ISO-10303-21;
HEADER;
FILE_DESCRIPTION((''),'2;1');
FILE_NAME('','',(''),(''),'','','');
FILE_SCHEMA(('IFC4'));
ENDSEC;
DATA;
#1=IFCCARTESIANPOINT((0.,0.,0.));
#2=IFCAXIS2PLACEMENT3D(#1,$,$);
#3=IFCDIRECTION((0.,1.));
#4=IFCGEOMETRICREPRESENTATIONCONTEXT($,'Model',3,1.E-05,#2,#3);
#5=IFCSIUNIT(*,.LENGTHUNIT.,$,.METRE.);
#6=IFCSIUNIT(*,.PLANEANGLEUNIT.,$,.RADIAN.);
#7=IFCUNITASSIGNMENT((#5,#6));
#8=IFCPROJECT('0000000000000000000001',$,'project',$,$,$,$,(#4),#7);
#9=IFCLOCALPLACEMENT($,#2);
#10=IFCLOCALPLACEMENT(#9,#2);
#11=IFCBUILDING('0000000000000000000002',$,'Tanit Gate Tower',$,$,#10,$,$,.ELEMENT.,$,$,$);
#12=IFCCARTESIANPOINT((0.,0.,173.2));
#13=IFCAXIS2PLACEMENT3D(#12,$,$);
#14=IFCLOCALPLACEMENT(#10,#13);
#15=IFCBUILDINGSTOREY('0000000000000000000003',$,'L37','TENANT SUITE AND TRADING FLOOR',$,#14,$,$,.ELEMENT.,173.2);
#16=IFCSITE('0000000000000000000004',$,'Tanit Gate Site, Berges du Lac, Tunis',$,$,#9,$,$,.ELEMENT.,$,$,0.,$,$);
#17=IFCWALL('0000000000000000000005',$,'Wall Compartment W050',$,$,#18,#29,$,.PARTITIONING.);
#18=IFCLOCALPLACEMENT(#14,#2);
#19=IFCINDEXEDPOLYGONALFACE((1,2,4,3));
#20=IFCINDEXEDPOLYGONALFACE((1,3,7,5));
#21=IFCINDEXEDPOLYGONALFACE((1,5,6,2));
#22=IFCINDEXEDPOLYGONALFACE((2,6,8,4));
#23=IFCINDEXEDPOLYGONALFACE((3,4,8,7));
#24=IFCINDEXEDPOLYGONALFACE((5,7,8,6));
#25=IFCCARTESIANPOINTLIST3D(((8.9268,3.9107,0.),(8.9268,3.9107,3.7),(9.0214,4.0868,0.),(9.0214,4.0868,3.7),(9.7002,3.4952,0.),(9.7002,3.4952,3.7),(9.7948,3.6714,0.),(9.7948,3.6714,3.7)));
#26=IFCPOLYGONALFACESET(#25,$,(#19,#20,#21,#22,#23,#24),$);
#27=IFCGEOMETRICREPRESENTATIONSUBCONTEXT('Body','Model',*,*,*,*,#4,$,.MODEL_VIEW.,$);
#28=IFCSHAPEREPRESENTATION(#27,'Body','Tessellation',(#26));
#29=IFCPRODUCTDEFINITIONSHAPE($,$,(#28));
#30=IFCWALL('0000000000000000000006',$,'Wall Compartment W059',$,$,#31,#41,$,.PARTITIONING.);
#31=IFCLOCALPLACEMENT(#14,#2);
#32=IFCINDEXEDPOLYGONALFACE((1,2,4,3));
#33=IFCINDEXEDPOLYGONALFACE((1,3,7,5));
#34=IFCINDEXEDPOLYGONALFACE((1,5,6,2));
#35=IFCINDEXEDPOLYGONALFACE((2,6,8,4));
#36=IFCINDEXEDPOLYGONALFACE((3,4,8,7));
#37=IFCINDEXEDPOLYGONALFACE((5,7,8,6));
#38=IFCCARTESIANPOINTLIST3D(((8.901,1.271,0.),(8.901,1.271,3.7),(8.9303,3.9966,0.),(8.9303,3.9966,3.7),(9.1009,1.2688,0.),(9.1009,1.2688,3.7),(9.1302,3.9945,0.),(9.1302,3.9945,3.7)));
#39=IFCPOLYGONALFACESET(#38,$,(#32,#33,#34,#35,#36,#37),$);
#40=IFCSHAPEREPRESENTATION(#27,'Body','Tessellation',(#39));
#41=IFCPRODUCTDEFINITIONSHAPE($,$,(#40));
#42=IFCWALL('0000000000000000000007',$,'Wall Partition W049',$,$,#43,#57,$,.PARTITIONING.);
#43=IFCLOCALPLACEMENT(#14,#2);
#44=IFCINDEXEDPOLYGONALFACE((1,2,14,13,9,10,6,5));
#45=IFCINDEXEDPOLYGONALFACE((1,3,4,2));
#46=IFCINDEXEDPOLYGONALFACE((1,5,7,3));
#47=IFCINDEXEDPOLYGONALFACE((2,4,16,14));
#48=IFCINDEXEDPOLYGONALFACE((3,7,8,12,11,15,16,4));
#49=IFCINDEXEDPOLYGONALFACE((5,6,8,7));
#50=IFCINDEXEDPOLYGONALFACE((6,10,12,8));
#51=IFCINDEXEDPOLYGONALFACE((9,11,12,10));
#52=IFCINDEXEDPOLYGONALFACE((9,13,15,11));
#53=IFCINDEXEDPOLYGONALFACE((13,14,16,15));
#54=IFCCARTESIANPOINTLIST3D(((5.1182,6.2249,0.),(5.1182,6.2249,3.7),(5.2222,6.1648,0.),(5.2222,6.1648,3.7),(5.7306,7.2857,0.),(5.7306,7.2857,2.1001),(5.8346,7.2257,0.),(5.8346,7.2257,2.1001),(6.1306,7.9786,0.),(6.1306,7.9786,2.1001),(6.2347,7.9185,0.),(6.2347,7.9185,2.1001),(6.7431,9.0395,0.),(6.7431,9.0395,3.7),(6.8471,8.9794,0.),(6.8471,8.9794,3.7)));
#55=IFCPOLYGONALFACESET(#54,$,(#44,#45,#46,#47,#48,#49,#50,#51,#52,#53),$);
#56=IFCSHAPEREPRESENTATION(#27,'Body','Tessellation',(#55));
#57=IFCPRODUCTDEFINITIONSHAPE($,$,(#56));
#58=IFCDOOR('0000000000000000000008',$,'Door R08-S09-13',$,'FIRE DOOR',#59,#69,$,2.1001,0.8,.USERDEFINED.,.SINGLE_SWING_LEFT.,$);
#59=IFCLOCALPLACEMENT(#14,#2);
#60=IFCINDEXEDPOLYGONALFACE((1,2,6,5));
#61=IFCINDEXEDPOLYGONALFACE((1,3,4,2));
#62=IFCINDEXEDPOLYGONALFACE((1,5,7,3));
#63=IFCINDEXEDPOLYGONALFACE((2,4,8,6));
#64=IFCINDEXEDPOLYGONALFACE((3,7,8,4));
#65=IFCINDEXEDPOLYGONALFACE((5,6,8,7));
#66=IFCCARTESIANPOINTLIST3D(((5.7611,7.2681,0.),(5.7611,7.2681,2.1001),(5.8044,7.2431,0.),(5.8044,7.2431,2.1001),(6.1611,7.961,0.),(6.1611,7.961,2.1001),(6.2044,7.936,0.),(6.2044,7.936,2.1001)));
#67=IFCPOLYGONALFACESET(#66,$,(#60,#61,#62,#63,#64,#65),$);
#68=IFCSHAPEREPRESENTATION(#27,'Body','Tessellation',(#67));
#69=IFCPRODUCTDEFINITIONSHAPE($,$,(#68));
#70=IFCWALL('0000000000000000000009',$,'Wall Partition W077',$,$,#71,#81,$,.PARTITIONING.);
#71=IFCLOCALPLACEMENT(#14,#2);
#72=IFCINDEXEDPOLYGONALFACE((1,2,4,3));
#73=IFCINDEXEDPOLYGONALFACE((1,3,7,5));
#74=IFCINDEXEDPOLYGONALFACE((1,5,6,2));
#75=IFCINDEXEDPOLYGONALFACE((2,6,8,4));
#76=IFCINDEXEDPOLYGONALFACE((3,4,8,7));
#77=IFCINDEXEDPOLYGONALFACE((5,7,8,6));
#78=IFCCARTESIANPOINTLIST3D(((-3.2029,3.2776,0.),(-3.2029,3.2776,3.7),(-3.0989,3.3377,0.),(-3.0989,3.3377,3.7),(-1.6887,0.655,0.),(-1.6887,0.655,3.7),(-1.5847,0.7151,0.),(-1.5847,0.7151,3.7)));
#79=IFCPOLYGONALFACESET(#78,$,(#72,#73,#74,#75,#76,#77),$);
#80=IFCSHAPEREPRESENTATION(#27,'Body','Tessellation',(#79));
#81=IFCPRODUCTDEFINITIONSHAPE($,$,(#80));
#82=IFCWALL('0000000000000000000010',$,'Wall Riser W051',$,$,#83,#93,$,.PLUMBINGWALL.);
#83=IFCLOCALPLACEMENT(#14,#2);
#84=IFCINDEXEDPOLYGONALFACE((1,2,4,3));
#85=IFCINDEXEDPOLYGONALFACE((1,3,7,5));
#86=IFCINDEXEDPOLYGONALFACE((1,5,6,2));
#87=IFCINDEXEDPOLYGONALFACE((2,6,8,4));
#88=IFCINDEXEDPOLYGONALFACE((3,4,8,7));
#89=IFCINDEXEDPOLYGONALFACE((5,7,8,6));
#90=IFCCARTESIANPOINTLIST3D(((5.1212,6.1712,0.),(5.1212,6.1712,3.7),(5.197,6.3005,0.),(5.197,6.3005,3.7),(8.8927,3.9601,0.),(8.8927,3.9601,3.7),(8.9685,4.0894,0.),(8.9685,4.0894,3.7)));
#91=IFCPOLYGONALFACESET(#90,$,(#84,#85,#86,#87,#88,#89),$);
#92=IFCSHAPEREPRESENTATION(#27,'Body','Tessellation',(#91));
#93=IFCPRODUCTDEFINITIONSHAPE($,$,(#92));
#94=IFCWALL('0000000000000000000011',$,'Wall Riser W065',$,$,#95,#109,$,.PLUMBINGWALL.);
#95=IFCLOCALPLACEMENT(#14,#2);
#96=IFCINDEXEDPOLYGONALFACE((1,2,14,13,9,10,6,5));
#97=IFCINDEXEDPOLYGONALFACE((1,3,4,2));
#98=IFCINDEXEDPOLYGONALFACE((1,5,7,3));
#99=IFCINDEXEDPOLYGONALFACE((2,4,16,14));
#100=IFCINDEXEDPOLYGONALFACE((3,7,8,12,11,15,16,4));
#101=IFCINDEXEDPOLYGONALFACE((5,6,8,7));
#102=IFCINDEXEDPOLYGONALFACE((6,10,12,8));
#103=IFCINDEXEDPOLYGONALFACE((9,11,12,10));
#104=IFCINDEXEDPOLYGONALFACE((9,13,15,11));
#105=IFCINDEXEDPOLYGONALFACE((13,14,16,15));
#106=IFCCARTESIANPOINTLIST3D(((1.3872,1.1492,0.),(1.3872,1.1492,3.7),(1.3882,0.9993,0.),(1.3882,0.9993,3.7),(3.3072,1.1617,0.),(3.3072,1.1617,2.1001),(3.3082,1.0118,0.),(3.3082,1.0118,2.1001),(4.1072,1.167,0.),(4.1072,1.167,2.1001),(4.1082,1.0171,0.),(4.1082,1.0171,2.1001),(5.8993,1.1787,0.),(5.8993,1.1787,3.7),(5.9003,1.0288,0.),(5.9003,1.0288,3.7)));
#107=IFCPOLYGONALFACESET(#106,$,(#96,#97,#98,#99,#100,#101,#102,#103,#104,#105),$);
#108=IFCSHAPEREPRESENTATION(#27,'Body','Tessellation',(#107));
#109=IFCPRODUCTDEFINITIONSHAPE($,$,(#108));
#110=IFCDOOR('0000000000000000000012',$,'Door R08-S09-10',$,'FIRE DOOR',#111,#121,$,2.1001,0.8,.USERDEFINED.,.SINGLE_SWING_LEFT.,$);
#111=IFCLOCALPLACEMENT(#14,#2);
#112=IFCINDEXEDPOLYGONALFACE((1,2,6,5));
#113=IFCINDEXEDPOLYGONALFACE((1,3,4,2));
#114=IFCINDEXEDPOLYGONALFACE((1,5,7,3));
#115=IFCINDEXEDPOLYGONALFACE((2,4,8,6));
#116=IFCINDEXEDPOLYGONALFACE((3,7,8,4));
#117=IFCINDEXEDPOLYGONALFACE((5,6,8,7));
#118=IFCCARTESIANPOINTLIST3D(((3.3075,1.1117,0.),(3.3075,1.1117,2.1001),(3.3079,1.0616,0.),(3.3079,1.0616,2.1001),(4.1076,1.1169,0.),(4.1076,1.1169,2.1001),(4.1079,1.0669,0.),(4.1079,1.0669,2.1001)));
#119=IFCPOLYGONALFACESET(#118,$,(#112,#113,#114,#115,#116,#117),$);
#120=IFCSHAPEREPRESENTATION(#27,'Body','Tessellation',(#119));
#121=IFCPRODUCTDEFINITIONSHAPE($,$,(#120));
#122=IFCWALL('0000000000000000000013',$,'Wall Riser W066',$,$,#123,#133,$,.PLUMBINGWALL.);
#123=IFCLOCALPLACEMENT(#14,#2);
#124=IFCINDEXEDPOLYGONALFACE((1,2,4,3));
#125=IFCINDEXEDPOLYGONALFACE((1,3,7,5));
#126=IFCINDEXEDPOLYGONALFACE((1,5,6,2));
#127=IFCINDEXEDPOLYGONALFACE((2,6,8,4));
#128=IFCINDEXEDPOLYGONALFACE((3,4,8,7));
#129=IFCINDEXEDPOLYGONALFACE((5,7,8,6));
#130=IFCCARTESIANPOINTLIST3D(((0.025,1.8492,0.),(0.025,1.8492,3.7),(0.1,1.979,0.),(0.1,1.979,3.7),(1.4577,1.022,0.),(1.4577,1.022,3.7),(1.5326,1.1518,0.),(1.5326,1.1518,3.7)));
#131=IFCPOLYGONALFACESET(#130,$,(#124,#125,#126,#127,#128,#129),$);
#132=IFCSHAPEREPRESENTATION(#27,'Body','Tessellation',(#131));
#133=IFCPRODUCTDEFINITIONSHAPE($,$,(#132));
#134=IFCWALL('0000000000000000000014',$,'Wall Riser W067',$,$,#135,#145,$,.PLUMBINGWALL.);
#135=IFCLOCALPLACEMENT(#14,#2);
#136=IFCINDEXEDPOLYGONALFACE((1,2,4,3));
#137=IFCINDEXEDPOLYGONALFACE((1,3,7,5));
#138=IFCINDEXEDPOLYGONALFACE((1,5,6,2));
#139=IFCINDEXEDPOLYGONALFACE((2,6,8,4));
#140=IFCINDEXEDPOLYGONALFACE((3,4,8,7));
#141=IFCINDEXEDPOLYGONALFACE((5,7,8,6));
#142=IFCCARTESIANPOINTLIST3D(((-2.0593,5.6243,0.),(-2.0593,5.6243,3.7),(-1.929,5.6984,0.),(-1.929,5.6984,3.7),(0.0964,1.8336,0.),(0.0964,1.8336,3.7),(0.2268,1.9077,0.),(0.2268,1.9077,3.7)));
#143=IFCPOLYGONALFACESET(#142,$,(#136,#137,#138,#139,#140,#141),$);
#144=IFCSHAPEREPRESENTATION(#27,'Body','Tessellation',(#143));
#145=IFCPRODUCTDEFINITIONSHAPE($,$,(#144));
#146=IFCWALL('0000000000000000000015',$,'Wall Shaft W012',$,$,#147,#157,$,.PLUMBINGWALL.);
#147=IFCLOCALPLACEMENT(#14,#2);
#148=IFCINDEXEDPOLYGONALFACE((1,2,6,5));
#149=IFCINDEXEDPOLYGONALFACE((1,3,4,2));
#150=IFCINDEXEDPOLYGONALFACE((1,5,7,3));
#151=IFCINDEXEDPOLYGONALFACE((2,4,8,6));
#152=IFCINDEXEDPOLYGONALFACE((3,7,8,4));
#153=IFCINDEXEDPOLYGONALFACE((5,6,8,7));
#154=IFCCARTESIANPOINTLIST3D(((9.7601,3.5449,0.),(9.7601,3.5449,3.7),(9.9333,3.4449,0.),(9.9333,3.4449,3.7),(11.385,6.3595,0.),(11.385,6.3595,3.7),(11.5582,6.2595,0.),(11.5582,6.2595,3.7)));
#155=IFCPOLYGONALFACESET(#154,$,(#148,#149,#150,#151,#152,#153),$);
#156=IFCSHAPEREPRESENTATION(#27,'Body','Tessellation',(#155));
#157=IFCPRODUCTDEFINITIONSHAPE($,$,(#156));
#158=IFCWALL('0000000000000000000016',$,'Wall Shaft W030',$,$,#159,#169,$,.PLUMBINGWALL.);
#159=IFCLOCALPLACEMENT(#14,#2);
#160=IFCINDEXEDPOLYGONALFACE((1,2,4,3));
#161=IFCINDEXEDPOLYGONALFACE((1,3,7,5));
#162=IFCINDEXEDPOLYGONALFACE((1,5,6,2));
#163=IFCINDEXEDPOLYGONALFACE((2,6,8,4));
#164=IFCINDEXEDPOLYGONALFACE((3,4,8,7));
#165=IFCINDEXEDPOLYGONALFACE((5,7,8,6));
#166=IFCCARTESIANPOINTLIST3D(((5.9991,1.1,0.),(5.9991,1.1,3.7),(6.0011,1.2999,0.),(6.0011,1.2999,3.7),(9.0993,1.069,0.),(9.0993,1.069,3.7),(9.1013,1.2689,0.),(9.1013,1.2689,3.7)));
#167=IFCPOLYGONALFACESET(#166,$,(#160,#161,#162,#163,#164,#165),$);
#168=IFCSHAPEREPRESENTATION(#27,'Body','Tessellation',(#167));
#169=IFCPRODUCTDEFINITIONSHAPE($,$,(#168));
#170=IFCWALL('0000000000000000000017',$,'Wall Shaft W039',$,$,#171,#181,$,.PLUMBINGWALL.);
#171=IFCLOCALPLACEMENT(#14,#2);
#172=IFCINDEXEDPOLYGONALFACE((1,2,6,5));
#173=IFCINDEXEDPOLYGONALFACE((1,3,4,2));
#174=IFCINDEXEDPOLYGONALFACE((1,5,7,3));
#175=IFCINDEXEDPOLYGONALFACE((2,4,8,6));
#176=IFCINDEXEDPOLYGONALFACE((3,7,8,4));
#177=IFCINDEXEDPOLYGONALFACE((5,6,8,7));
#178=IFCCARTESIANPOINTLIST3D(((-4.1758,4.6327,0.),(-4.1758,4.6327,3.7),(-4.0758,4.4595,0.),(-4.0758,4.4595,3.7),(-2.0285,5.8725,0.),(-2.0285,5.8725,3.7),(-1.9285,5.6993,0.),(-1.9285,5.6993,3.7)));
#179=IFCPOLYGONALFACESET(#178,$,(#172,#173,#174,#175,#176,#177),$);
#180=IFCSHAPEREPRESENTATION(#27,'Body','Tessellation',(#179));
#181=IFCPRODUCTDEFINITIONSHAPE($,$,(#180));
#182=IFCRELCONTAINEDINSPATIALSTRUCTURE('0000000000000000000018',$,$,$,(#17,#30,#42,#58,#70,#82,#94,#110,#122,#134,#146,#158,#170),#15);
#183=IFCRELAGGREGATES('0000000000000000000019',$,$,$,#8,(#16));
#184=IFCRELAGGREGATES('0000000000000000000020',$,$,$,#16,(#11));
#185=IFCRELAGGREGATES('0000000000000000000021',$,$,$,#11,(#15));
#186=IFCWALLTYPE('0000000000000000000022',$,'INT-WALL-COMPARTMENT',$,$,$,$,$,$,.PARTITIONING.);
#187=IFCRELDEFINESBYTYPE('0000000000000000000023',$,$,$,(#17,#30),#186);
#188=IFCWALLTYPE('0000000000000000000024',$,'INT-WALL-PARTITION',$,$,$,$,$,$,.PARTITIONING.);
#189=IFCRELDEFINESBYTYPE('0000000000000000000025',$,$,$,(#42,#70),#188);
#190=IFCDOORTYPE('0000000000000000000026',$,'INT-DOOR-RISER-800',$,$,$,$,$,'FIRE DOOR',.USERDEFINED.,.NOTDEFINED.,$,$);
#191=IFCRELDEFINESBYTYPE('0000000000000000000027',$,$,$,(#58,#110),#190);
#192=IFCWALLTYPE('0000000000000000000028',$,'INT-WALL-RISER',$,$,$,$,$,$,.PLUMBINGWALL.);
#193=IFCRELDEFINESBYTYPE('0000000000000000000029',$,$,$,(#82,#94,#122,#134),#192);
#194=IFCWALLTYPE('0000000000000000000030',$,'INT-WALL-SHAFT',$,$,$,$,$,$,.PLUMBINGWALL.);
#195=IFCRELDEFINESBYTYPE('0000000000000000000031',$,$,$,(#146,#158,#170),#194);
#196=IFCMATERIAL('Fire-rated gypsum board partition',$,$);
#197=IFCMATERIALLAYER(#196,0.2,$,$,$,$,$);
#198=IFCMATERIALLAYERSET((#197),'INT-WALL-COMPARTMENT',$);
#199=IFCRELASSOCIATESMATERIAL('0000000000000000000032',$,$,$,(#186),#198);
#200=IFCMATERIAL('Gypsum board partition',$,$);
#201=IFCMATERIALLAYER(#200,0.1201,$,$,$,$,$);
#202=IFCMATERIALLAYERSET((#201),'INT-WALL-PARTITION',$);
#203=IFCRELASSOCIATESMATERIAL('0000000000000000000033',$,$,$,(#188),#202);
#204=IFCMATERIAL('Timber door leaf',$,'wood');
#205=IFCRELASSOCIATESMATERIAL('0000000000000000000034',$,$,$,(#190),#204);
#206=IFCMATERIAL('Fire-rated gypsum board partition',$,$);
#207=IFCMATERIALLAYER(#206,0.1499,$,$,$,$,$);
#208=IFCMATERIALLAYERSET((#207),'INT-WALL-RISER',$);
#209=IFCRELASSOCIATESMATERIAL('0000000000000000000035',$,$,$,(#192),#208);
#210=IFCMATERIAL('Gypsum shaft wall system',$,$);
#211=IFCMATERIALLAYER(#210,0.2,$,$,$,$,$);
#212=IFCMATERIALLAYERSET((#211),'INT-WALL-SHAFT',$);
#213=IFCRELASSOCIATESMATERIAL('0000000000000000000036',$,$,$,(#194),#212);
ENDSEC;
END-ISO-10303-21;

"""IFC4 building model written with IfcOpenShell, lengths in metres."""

from ifc_helpers import new_model, si_unit, direction, frame, frame_2d, origin, place, context, subcontext, project, spatial, rectangle, extrude, material, layer, layer_set, type_object, element, fill, save


model = new_model("IFC4")

# Units and contexts
model_context = context("Model", 3, precision=1e-05, world=origin(), true_north=direction((0.0, 1.0)))
body_context = subcontext(model_context, "Body", "Model", "MODEL_VIEW")
ifc_project = project(units=[si_unit("LENGTHUNIT", "METRE"), si_unit("PLANEANGLEUNIT", "RADIAN")], contexts=[model_context])

# Site, building, storey
site_placement = place(None, origin())
site = spatial("IfcSite", under=ifc_project, at=site_placement, Name="Tanit Gate Site, Berges du Lac, Tunis", CompositionType="ELEMENT", RefElevation=0.0)
building_placement = place(site_placement, origin())
building = spatial("IfcBuilding", under=site, at=building_placement, Name="Tanit Gate Tower", CompositionType="ELEMENT")
storey_placement = place(building_placement, frame((0.0, 0.0, 173.2)))
storey = spatial("IfcBuildingStorey", under=building, at=storey_placement, Name="L37", Description="TENANT SUITE AND TRADING FLOOR", CompositionType="ELEMENT", Elevation=173.2)

# Walls
ifc_material_1 = material(Name="Fire-rated gypsum board partition")
ifc_layer_1 = layer(ifc_material_1, 0.2)
ifc_layer_set_1 = layer_set([ifc_layer_1], Name="INT-WALL-COMPARTMENT")
wall_type_1 = type_object("IfcWallType", Name="INT-WALL-COMPARTMENT", PredefinedType="PARTITIONING", material=ifc_layer_set_1)
wall_1_placement = place(storey_placement, frame((8.9741, 3.9988, 0.0), z_axis=(0.0, 0.0, 1.0), x_axis=(0.880917, -0.473271, 0.0)))
element("IfcWall", 1, at=wall_1_placement, inside=storey, type_object=wall_type_1, Name="Wall Compartment W050", PredefinedType="PARTITIONING", context=body_context, shape_type="SweptSolid", body=[
    extrude(rectangle(XDim=0.8779, YDim=0.2, at=frame_2d((0.439, 0.0))), origin(), (0.0, 0.0, 1.0), 3.7),
])
wall_2_placement = place(storey_placement, frame((9.001, 1.27, 0.0), z_axis=(0.0, 0.0, 1.0), x_axis=(0.010748, 0.999942, 0.0)))
element("IfcWall", 2, at=wall_2_placement, inside=storey, type_object=wall_type_1, Name="Wall Compartment W059", PredefinedType="PARTITIONING", context=body_context, shape_type="SweptSolid", body=[
    extrude(rectangle(XDim=2.7258, YDim=0.2, at=frame_2d((1.3628, 0.0))), origin(), (0.0, 0.0, 1.0), 3.7),
])

# Wall, opening, door
ifc_material_2 = material(Name="Gypsum board partition")
ifc_layer_2 = layer(ifc_material_2, 0.1201)
ifc_layer_set_2 = layer_set([ifc_layer_2], Name="INT-WALL-PARTITION")
wall_type_2 = type_object("IfcWallType", Name="INT-WALL-PARTITION", PredefinedType="PARTITIONING", material=ifc_layer_set_2)
wall_3_placement = place(storey_placement, frame((5.1702, 6.1948, 0.0), z_axis=(0.0, 0.0, 1.0), x_axis=(0.499985, 0.866034, 0.0)))
wall_3 = element("IfcWall", 3, at=wall_3_placement, inside=storey, type_object=wall_type_2, Name="Wall Partition W049", PredefinedType="PARTITIONING", context=body_context, shape_type="SweptSolid", body=[
    extrude(rectangle(XDim=3.25, YDim=0.1201, at=frame_2d((1.625, 0.0))), origin(), (0.0, 0.0, 1.0), 3.7),
])
opening_1_placement = place(wall_3_placement, frame((1.2251, 0.0, 0.0)))
opening_1 = element("IfcOpeningElement", 4, at=opening_1_placement, cuts=wall_3, PredefinedType="OPENING", context=body_context, shape_type="SweptSolid", body=[
    extrude(rectangle(XDim=0.8, YDim=2.1001, at=frame_2d((0.3999, 1.05))), frame((0.0, 0.0701, 0.0), z_axis=(0.0, -1.0, 0.0), x_axis=(1.0, 0.0, 0.0)), (0.0, 0.0, 1.0), 0.1401),
])
ifc_material_3 = material(Name="Timber door leaf", Category="wood")
door_type_1 = type_object("IfcDoorType", Name="INT-DOOR-RISER-800", ElementType="FIRE DOOR", OperationType="NOTDEFINED", PredefinedType="USERDEFINED", material=ifc_material_3)
door_1_placement = place(opening_1_placement, origin())
door_1 = element("IfcDoor", 5, at=door_1_placement, inside=storey, type_object=door_type_1, Name="Door R08-S09-13", ObjectType="FIRE DOOR", OperationType="SINGLE_SWING_LEFT", OverallHeight=2.1001, OverallWidth=0.8, PredefinedType="USERDEFINED", context=body_context, shape_type="SweptSolid", body=[
    extrude(rectangle(XDim=0.8, YDim=2.1001, at=frame_2d((0.3999, 1.05))), frame((0.0, 0.0249, 0.0), z_axis=(0.0, -1.0, 0.0), x_axis=(1.0, 0.0, 0.0)), (0.0, 0.0, 1.0), 0.05),
])
fill(opening_1, door_1)

# Walls
wall_4_placement = place(storey_placement, frame((-1.6367, 0.6851, 0.0), z_axis=(0.0, 0.0, 1.0), x_axis=(-0.500006, 0.866022, 0.0)))
element("IfcWall", 6, at=wall_4_placement, inside=storey, type_object=wall_type_2, Name="Wall Partition W077", PredefinedType="PARTITIONING", context=body_context, shape_type="SweptSolid", body=[
    extrude(rectangle(XDim=3.0283, YDim=0.1201, at=frame_2d((1.5142, 0.0))), origin(), (0.0, 0.0, 1.0), 3.7),
])
ifc_material_4 = material(Name="Fire-rated gypsum board partition")
ifc_layer_3 = layer(ifc_material_4, 0.1499)
ifc_layer_set_3 = layer_set([ifc_layer_3], Name="INT-WALL-RISER")
wall_type_3 = type_object("IfcWallType", Name="INT-WALL-RISER", PredefinedType="PLUMBINGWALL", material=ifc_layer_set_3)
wall_5_placement = place(storey_placement, frame((8.9307, 4.0247, 0.0), z_axis=(0.0, 0.0, 1.0), x_axis=(-0.862667, 0.505773, 0.0)))
element("IfcWall", 7, at=wall_5_placement, inside=storey, type_object=wall_type_3, Name="Wall Riser W051", PredefinedType="PLUMBINGWALL", context=body_context, shape_type="SweptSolid", body=[
    extrude(rectangle(XDim=4.3718, YDim=0.1499, at=frame_2d((2.186, 0.0))), origin(), (0.0, 0.0, 1.0), 3.7),
])

# Wall, opening, door
wall_6_placement = place(storey_placement, frame((1.3877, 1.0742, 0.0), z_axis=(0.0, 0.0, 1.0), x_axis=(0.999979, 0.006547, 0.0)))
wall_6 = element("IfcWall", 8, at=wall_6_placement, inside=storey, type_object=wall_type_3, Name="Wall Riser W065", PredefinedType="PLUMBINGWALL", context=body_context, shape_type="SweptSolid", body=[
    extrude(rectangle(XDim=4.5122, YDim=0.1499, at=frame_2d((2.2561, 0.0))), origin(), (0.0, 0.0, 1.0), 3.7),
])
opening_2_placement = place(wall_6_placement, frame((1.9202, 0.0, 0.0)))
opening_2 = element("IfcOpeningElement", 9, at=opening_2_placement, cuts=wall_6, PredefinedType="OPENING", context=body_context, shape_type="SweptSolid", body=[
    extrude(rectangle(XDim=0.8, YDim=2.1001, at=frame_2d((0.3999, 1.05))), frame((0.0, 0.085, 0.0), z_axis=(0.0, -1.0, 0.0), x_axis=(1.0, 0.0, 0.0)), (0.0, 0.0, 1.0), 0.1699),
])
door_2_placement = place(opening_2_placement, origin())
door_2 = element("IfcDoor", 10, at=door_2_placement, inside=storey, type_object=door_type_1, Name="Door R08-S09-10", ObjectType="FIRE DOOR", OperationType="SINGLE_SWING_LEFT", OverallHeight=2.1001, OverallWidth=0.8, PredefinedType="USERDEFINED", context=body_context, shape_type="SweptSolid", body=[
    extrude(rectangle(XDim=0.8, YDim=2.1001, at=frame_2d((0.3999, 1.05))), frame((0.0, 0.0249, 0.0), z_axis=(0.0, -1.0, 0.0), x_axis=(1.0, 0.0, 0.0)), (0.0, 0.0, 1.0), 0.05),
])
fill(opening_2, door_2)

# Walls
wall_7_placement = place(storey_placement, frame((0.0625, 1.9141, 0.0), z_axis=(0.0, 0.0, 1.0), x_axis=(0.866018, -0.500012, 0.0)))
element("IfcWall", 11, at=wall_7_placement, inside=storey, type_object=wall_type_3, Name="Wall Riser W066", PredefinedType="PLUMBINGWALL", context=body_context, shape_type="SweptSolid", body=[
    extrude(rectangle(XDim=1.6543, YDim=0.1499, at=frame_2d((0.8271, 0.0))), origin(), (0.0, 0.0, 1.0), 3.7),
])
wall_8_placement = place(storey_placement, frame((-1.9941, 5.6614, 0.0), z_axis=(0.0, 0.0, 1.0), x_axis=(0.494341, -0.869268, 0.0)))
element("IfcWall", 12, at=wall_8_placement, inside=storey, type_object=wall_type_3, Name="Wall Riser W067", PredefinedType="PLUMBINGWALL", context=body_context, shape_type="SweptSolid", body=[
    extrude(rectangle(XDim=4.3608, YDim=0.1499, at=frame_2d((2.1804, 0.0))), origin(), (0.0, 0.0, 1.0), 3.7),
])
ifc_material_5 = material(Name="Gypsum shaft wall system")
ifc_layer_4 = layer(ifc_material_5, 0.2)
ifc_layer_set_4 = layer_set([ifc_layer_4], Name="INT-WALL-SHAFT")
wall_type_4 = type_object("IfcWallType", Name="INT-WALL-SHAFT", PredefinedType="PLUMBINGWALL", material=ifc_layer_set_4)
wall_9_placement = place(storey_placement, frame((9.8467, 3.4949, 0.0), z_axis=(0.0, 0.0, 1.0), x_axis=(0.499985, 0.866034, 0.0)))
element("IfcWall", 13, at=wall_9_placement, inside=storey, type_object=wall_type_4, Name="Wall Shaft W012", PredefinedType="PLUMBINGWALL", context=body_context, shape_type="SweptSolid", body=[
    extrude(rectangle(XDim=3.25, YDim=0.2, at=frame_2d((1.625, 0.0))), origin(), (0.0, 0.0, 1.0), 3.7),
])

# Walls
wall_10_placement = place(storey_placement, frame((6.0, 1.2, 0.0), z_axis=(0.0, 0.0, 1.0), x_axis=(0.99995, -0.010001, 0.0)))
element("IfcWall", 14, at=wall_10_placement, inside=storey, type_object=wall_type_4, Name="Wall Shaft W030", PredefinedType="PLUMBINGWALL", context=body_context, shape_type="SweptSolid", body=[
    extrude(rectangle(XDim=3.1003, YDim=0.2, at=frame_2d((1.5503, 0.0))), origin(), (0.0, 0.0, 1.0), 3.7),
])
wall_11_placement = place(storey_placement, frame((-1.9785, 5.7859, 0.0), z_axis=(0.0, 0.0, 1.0), x_axis=(-0.866017, -0.500015, 0.0)))
element("IfcWall", 15, at=wall_11_placement, inside=storey, type_object=wall_type_4, Name="Wall Shaft W039", PredefinedType="PLUMBINGWALL", context=body_context, shape_type="SweptSolid", body=[
    extrude(rectangle(XDim=2.4795, YDim=0.2, at=frame_2d((1.2397, 0.0))), origin(), (0.0, 0.0, 1.0), 3.7),
])

save(model, "model.ifc")
